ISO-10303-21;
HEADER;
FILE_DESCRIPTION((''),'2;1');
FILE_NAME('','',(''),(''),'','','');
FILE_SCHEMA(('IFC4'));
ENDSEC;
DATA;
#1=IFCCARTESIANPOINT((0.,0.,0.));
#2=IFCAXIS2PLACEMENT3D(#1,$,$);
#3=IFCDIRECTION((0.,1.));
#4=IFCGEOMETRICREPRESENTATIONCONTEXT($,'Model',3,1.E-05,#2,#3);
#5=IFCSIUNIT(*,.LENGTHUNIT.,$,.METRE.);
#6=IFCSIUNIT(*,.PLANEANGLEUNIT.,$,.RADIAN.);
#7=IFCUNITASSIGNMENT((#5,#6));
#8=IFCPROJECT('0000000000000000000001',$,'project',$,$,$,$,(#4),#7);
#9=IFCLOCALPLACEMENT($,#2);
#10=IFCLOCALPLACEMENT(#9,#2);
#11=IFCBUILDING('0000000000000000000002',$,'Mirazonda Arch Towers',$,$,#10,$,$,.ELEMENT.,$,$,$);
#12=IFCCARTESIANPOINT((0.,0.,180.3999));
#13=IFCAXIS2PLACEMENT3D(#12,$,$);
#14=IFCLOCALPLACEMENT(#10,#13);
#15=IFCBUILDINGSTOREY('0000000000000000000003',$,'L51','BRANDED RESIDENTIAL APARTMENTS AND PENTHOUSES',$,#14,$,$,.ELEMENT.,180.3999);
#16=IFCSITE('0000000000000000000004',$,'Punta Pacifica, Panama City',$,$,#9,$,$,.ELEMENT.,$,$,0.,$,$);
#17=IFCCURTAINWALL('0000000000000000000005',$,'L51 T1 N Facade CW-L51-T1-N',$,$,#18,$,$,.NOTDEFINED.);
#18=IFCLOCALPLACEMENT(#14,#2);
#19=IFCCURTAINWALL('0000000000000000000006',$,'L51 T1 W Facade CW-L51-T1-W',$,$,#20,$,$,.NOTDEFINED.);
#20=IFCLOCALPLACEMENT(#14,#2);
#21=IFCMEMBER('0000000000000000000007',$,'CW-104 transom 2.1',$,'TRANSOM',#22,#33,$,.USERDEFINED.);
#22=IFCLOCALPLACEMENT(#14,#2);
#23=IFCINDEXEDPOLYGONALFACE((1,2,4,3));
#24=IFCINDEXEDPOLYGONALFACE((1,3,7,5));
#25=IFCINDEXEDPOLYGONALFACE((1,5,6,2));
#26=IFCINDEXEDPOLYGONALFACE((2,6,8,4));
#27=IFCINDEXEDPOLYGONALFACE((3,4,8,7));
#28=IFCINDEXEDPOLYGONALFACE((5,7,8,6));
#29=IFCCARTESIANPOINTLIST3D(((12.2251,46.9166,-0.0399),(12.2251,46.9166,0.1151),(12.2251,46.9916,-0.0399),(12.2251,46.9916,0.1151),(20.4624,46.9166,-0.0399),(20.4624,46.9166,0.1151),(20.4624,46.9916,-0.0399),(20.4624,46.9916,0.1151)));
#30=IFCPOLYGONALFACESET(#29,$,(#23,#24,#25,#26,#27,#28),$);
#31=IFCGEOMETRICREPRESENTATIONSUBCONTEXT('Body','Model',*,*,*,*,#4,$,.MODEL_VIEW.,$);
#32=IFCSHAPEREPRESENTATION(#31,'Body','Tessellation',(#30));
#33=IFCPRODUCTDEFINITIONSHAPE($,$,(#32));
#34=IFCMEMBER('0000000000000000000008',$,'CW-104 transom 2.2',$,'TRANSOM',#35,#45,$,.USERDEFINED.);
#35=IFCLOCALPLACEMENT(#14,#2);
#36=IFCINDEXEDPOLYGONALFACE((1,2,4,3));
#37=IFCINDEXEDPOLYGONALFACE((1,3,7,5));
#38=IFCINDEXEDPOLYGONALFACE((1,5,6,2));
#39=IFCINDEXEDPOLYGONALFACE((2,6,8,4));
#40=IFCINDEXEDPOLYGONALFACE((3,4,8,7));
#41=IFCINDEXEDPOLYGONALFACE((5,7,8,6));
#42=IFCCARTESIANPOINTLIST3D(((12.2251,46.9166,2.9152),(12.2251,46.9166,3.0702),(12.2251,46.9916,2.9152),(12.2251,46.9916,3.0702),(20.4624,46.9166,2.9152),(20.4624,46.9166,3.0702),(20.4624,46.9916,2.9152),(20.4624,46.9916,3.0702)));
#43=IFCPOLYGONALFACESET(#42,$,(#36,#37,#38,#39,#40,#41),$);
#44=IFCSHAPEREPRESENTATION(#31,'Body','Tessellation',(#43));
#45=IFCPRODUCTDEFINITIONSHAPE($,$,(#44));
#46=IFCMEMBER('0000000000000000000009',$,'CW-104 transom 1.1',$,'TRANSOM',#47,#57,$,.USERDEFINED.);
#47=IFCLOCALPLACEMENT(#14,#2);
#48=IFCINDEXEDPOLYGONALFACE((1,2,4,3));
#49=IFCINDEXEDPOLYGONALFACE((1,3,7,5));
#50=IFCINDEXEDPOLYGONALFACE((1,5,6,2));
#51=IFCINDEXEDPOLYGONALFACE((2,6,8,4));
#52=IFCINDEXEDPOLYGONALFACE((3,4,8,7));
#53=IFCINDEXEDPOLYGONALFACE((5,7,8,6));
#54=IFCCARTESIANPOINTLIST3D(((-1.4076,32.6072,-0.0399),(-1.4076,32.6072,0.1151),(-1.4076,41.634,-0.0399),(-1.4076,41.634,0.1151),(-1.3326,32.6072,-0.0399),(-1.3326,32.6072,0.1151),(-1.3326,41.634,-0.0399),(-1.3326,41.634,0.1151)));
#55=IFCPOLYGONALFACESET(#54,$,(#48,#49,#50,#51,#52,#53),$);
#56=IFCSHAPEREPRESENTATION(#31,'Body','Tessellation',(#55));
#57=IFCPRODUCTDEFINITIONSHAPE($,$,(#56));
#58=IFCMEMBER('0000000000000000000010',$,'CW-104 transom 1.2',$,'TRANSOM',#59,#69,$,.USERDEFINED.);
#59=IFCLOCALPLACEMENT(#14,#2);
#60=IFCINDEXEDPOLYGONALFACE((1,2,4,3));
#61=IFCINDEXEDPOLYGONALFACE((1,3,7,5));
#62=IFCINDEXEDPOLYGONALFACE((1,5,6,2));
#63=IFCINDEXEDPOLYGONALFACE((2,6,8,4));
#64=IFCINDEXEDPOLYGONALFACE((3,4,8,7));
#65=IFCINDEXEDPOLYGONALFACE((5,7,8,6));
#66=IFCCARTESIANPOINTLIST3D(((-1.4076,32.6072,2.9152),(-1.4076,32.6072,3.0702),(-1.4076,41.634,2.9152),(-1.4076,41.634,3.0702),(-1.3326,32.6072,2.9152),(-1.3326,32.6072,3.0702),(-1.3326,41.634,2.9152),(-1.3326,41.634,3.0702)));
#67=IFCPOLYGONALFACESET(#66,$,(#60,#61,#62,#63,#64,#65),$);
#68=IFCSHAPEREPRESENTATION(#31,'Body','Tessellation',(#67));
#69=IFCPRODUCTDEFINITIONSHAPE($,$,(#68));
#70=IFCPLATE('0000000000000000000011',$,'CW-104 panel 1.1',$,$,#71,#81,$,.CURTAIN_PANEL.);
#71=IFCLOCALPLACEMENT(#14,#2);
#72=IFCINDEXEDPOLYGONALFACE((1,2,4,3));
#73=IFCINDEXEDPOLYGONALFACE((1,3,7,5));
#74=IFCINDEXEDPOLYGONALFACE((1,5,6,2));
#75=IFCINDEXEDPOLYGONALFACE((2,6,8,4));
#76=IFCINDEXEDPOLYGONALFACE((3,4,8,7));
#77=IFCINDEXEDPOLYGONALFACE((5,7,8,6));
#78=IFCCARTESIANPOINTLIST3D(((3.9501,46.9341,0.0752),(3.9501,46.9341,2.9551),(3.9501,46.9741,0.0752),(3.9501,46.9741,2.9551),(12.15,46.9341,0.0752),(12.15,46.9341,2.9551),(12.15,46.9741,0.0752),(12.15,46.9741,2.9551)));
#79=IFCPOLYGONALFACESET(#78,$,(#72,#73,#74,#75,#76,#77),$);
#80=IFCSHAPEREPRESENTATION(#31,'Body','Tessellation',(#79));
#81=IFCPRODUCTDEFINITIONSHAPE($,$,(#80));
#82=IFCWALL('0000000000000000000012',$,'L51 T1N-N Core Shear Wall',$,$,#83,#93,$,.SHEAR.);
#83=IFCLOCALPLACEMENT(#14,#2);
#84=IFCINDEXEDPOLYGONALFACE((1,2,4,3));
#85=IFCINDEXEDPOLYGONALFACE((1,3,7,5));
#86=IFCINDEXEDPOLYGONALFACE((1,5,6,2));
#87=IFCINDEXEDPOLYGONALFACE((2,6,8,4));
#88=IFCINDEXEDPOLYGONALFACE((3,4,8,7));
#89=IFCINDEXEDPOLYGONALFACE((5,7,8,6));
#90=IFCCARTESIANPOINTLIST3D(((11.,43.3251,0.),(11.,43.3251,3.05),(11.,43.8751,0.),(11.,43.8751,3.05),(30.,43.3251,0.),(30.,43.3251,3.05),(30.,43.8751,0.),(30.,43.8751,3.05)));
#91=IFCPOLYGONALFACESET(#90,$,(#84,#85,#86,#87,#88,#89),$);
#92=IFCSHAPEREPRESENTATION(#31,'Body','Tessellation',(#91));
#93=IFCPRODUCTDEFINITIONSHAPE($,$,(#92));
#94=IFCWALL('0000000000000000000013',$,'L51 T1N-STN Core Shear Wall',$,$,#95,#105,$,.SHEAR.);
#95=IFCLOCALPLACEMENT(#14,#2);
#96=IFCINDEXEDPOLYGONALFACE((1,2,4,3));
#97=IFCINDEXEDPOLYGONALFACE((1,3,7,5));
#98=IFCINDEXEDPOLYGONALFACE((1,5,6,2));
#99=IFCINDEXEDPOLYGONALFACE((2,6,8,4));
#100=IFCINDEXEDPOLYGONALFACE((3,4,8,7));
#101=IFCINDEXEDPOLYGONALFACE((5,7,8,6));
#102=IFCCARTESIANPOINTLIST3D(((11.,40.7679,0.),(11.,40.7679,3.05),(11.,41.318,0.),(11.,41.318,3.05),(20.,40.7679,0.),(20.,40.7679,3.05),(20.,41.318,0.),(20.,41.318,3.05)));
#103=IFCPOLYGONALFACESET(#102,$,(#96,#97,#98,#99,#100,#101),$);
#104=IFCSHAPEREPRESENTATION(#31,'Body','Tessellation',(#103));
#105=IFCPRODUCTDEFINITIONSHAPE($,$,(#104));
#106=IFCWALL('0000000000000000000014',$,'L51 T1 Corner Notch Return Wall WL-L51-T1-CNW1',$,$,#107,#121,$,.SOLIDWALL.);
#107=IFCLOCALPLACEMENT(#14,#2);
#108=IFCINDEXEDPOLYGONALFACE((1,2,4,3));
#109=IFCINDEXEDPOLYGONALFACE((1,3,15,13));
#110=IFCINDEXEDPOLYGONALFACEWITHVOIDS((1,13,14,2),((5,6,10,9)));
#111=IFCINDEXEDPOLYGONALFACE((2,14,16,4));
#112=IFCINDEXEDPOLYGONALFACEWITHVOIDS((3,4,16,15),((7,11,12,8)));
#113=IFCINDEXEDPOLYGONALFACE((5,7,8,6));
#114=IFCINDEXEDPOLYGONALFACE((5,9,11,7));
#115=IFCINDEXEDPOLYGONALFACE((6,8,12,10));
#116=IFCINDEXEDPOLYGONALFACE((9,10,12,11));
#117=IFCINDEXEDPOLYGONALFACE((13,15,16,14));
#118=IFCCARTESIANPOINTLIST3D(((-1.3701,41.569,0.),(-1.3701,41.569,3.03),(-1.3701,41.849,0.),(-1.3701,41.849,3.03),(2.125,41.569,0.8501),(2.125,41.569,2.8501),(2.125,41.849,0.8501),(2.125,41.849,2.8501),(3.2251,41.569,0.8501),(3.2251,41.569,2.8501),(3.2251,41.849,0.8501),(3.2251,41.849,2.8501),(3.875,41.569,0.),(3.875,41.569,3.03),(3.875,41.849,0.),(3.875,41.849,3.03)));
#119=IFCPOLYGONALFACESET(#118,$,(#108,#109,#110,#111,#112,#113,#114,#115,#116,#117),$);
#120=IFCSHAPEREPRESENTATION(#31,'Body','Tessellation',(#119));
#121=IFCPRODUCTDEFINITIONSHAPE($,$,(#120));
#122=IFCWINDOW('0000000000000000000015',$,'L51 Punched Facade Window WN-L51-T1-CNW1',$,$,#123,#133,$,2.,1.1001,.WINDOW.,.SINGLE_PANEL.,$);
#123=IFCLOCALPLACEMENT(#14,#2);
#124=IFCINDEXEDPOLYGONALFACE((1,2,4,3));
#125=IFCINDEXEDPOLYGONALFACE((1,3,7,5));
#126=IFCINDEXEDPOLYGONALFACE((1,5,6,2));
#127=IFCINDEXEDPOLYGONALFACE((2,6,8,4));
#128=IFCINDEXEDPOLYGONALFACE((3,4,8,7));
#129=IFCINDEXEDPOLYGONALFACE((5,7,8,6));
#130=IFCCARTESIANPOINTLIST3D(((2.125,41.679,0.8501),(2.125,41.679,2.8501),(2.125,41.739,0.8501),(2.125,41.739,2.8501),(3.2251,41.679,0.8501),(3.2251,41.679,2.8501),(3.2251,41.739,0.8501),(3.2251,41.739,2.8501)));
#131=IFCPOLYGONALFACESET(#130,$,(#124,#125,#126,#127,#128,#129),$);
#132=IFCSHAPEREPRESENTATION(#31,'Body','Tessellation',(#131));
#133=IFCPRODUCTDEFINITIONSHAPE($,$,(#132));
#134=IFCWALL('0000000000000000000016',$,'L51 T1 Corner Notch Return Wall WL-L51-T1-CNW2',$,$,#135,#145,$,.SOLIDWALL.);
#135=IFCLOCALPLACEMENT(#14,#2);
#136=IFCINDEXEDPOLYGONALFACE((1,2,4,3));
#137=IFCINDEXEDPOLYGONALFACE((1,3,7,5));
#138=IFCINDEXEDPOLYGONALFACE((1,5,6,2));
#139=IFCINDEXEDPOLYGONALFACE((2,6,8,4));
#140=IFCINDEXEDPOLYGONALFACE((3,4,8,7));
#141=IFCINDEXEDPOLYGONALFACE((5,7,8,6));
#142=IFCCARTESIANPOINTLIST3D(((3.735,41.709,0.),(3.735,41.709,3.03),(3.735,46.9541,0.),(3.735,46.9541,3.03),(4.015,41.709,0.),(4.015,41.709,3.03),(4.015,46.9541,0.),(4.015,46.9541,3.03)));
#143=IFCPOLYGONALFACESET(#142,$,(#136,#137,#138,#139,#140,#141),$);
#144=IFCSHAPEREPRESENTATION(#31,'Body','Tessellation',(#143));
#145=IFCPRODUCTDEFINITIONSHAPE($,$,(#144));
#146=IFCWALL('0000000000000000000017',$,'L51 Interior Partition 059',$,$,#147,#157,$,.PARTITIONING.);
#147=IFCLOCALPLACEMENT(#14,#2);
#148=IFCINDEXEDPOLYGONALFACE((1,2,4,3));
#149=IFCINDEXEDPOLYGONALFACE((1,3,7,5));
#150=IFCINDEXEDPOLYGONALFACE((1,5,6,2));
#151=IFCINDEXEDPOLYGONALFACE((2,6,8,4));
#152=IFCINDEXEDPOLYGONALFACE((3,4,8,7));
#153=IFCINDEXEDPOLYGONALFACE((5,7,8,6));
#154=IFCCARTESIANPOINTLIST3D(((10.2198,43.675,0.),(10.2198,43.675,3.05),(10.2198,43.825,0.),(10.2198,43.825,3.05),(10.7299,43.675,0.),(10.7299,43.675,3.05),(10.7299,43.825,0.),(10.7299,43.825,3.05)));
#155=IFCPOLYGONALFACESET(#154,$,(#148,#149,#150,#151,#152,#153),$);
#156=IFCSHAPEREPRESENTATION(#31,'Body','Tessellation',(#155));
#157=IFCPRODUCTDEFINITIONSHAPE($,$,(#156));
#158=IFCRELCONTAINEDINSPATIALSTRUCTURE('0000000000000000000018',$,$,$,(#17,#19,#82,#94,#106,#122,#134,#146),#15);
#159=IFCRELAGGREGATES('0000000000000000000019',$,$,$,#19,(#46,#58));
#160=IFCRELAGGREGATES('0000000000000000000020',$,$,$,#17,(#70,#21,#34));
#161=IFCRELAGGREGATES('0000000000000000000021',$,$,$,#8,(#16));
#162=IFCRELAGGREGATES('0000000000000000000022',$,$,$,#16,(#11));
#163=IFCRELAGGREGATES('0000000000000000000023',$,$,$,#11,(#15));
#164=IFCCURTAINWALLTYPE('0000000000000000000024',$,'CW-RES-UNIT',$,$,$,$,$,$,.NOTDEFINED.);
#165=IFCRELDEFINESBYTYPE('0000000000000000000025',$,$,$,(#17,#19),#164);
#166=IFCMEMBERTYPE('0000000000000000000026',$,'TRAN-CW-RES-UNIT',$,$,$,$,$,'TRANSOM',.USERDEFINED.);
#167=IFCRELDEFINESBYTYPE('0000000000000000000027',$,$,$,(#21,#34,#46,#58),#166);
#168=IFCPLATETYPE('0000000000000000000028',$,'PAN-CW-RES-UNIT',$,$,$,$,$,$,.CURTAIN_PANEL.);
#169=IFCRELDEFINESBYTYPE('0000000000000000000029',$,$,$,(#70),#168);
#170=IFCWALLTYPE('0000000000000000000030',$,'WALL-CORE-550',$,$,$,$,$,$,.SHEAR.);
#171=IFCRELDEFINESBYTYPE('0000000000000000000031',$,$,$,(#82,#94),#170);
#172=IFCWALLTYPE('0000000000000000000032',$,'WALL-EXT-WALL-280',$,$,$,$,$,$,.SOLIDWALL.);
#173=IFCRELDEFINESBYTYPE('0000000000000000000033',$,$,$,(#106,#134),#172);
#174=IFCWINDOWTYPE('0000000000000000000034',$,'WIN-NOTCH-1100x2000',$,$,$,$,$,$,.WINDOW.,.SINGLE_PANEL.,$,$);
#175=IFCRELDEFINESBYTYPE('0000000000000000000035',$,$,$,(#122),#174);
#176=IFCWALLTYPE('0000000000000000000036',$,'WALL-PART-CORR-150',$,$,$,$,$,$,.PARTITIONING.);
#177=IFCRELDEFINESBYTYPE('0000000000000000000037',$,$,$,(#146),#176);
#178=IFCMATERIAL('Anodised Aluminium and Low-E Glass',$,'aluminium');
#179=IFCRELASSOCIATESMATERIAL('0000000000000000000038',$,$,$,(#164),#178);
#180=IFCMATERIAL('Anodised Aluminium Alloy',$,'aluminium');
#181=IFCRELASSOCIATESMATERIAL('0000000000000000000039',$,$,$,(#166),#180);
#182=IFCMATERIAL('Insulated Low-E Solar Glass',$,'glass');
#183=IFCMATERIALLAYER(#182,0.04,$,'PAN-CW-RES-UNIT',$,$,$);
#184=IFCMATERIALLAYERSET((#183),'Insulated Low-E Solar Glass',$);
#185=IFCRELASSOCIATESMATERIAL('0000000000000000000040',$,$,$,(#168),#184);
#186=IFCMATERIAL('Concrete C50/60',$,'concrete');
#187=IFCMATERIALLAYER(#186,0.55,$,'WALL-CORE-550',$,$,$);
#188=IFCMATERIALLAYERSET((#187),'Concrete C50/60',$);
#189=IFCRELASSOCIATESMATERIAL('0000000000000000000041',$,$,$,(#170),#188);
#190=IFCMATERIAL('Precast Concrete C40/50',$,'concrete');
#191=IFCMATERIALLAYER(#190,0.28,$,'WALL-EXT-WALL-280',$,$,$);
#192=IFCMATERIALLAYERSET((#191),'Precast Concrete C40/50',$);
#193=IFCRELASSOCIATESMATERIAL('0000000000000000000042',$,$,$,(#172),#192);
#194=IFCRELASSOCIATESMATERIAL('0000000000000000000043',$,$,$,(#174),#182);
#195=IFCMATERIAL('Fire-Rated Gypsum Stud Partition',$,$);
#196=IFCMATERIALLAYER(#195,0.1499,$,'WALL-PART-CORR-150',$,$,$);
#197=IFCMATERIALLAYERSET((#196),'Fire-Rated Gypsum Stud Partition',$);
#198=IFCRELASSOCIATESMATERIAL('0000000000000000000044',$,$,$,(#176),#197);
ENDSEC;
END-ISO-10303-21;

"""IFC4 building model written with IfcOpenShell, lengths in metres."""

from ifc_helpers import new_model, si_unit, direction, frame, frame_2d, origin, origin_2d, place, context, subcontext, project, spatial, rectangle, extrude, material, layer, layer_set, material_profile, profile_set, type_object, element, fill, aggregate, save


model = new_model("IFC4")

# Units and contexts
model_context = context("Model", 3, precision=1e-05, world=origin(), true_north=direction((0.0, 1.0)))
body_context = subcontext(model_context, "Body", "Model", "MODEL_VIEW")
ifc_project = project(units=[si_unit("LENGTHUNIT", "METRE"), si_unit("PLANEANGLEUNIT", "RADIAN")], contexts=[model_context])

# Site, building, storey
site_placement = place(None, origin())
site = spatial("IfcSite", under=ifc_project, at=site_placement, Name="Punta Pacifica, Panama City", CompositionType="ELEMENT", RefElevation=0.0)
building_placement = place(site_placement, origin())
building = spatial("IfcBuilding", under=site, at=building_placement, Name="Mirazonda Arch Towers", CompositionType="ELEMENT")
storey_placement = place(building_placement, frame((0.0, 0.0, 180.3999)))
storey = spatial("IfcBuildingStorey", under=building, at=storey_placement, Name="L51", Description="BRANDED RESIDENTIAL APARTMENTS AND PENTHOUSES", CompositionType="ELEMENT", Elevation=180.3999)

# Shared definitions
ifc_material_1 = material(Name="Concrete C50/60", Category="concrete")

# Curtain wall
ifc_material_2 = material(Name="Anodised Aluminium and Low-E Glass", Category="aluminium")
curtain_wall_type = type_object("IfcCurtainWallType", Name="CW-RES-UNIT", PredefinedType="NOTDEFINED", material=ifc_material_2)
curtain_wall_1_placement = place(storey_placement, origin())
curtain_wall_1 = element("IfcCurtainWall", 1, at=curtain_wall_1_placement, inside=storey, type_object=curtain_wall_type, Name="L51 T1 N Facade CW-L51-T1-N", PredefinedType="NOTDEFINED")
ifc_material_3 = material(Name="Anodised Aluminium Alloy", Category="aluminium")

# Curtain wall
curtain_wall_2_placement = place(storey_placement, origin())
curtain_wall_2 = element("IfcCurtainWall", 2, at=curtain_wall_2_placement, inside=storey, type_object=curtain_wall_type, Name="L51 T1 W Facade CW-L51-T1-W", PredefinedType="NOTDEFINED")

# Members
ifc_material_profile_1 = material_profile(ifc_material_3, rectangle(XDim=0.075, YDim=0.155, at=origin_2d()), Name="ALU-TRAN-75x155")
ifc_profile_set_1 = profile_set([ifc_material_profile_1], Name="Anodised Aluminium Alloy")
member_type_1 = type_object("IfcMemberType", Name="TRAN-CW-RES-UNIT", ElementType="TRANSOM", PredefinedType="USERDEFINED", material=ifc_profile_set_1)
member_1_placement = place(storey_placement, frame((12.2251, 46.9541, 0.0376), z_axis=(1.0, 0.0, 0.0), x_axis=(0.0, 1.0, 0.0)))
member_1 = element("IfcMember", 3, at=member_1_placement, type_object=member_type_1, Name="CW-104 transom 2.1", ObjectType="TRANSOM", PredefinedType="USERDEFINED", context=body_context, shape_type="SweptSolid", body=[
    extrude(rectangle(XDim=0.075, YDim=0.155, at=origin_2d()), origin(), (0.0, 0.0, 1.0), 8.2373),
])
member_2_placement = place(storey_placement, frame((12.2251, 46.9541, 2.9927), z_axis=(1.0, 0.0, 0.0), x_axis=(0.0, 1.0, 0.0)))
member_2 = element("IfcMember", 4, at=member_2_placement, type_object=member_type_1, Name="CW-104 transom 2.2", ObjectType="TRANSOM", PredefinedType="USERDEFINED", context=body_context, shape_type="SweptSolid", body=[
    extrude(rectangle(XDim=0.075, YDim=0.155, at=origin_2d()), origin(), (0.0, 0.0, 1.0), 8.2373),
])
member_3_placement = place(storey_placement, frame((-1.3701, 41.634, 0.0376), z_axis=(0.0, -1.0, 0.0), x_axis=(1.0, 0.0, 0.0)))
member_3 = element("IfcMember", 5, at=member_3_placement, type_object=member_type_1, Name="CW-104 transom 1.1", ObjectType="TRANSOM", PredefinedType="USERDEFINED", context=body_context, shape_type="SweptSolid", body=[
    extrude(rectangle(XDim=0.075, YDim=0.155, at=origin_2d()), origin(), (0.0, 0.0, 1.0), 9.0269),
])
member_4_placement = place(storey_placement, frame((-1.3701, 41.634, 2.9927), z_axis=(0.0, -1.0, 0.0), x_axis=(1.0, 0.0, 0.0)))
member_4 = element("IfcMember", 6, at=member_4_placement, type_object=member_type_1, Name="CW-104 transom 1.2", ObjectType="TRANSOM", PredefinedType="USERDEFINED", context=body_context, shape_type="SweptSolid", body=[
    extrude(rectangle(XDim=0.075, YDim=0.155, at=origin_2d()), origin(), (0.0, 0.0, 1.0), 9.0269),
])
aggregate(curtain_wall_2, [member_3, member_4])

# Plate
ifc_material_4 = material(Name="Insulated Low-E Solar Glass", Category="glass")
ifc_layer_1 = layer(ifc_material_4, 0.04, Name="PAN-CW-RES-UNIT")
ifc_layer_set_1 = layer_set([ifc_layer_1], Name="Insulated Low-E Solar Glass")
plate_type = type_object("IfcPlateType", Name="PAN-CW-RES-UNIT", PredefinedType="CURTAIN_PANEL", material=ifc_layer_set_1)
plate_placement = place(storey_placement, frame((8.05, 46.9541, 0.0752), z_axis=(0.0, 0.0, 1.0), x_axis=(1.0, 0.0, 0.0)))
plate = element("IfcPlate", 7, at=plate_placement, type_object=plate_type, Name="CW-104 panel 1.1", PredefinedType="CURTAIN_PANEL", context=body_context, shape_type="SweptSolid", body=[
    extrude(rectangle(XDim=8.2, YDim=0.04, at=origin_2d()), origin(), (0.0, 0.0, 1.0), 2.8799),
])
aggregate(curtain_wall_1, [plate, member_1, member_2])

# Walls
ifc_layer_2 = layer(ifc_material_1, 0.55, Name="WALL-CORE-550")
ifc_layer_set_2 = layer_set([ifc_layer_2], Name="Concrete C50/60")
wall_type_1 = type_object("IfcWallType", Name="WALL-CORE-550", PredefinedType="SHEAR", material=ifc_layer_set_2)
wall_1_placement = place(storey_placement, frame((11.0, 43.6001, 0.0), z_axis=(0.0, 0.0, 1.0), x_axis=(1.0, 0.0, 0.0)))
element("IfcWall", 8, at=wall_1_placement, inside=storey, type_object=wall_type_1, Name="L51 T1N-N Core Shear Wall", PredefinedType="SHEAR", context=body_context, shape_type="SweptSolid", body=[
    extrude(rectangle(XDim=19.0, YDim=0.55, at=frame_2d((9.5, 0.0))), origin(), (0.0, 0.0, 1.0), 3.05),
])
wall_2_placement = place(storey_placement, frame((11.0, 41.043, 0.0), z_axis=(0.0, 0.0, 1.0), x_axis=(1.0, 0.0, 0.0)))
element("IfcWall", 9, at=wall_2_placement, inside=storey, type_object=wall_type_1, Name="L51 T1N-STN Core Shear Wall", PredefinedType="SHEAR", context=body_context, shape_type="SweptSolid", body=[
    extrude(rectangle(XDim=9.0, YDim=0.55, at=frame_2d((4.5, 0.0))), origin(), (0.0, 0.0, 1.0), 3.05),
])

# Wall, opening, window
ifc_material_5 = material(Name="Precast Concrete C40/50", Category="concrete")
ifc_layer_3 = layer(ifc_material_5, 0.28, Name="WALL-EXT-WALL-280")
ifc_layer_set_3 = layer_set([ifc_layer_3], Name="Precast Concrete C40/50")
wall_type_2 = type_object("IfcWallType", Name="WALL-EXT-WALL-280", PredefinedType="SOLIDWALL", material=ifc_layer_set_3)
wall_3_placement = place(storey_placement, frame((3.875, 41.709, 0.0), z_axis=(0.0, 0.0, 1.0), x_axis=(-1.0, 0.0, 0.0)))
wall_3 = element("IfcWall", 10, at=wall_3_placement, inside=storey, type_object=wall_type_2, Name="L51 T1 Corner Notch Return Wall WL-L51-T1-CNW1", PredefinedType="SOLIDWALL", context=body_context, shape_type="SweptSolid", body=[
    extrude(rectangle(XDim=5.2451, YDim=0.28, at=frame_2d((2.6226, 0.0))), origin(), (0.0, 0.0, 1.0), 3.03),
])
opening_1_placement = place(wall_3_placement, frame((0.6499, 0.0, 0.8501)))
opening_1 = element("IfcOpeningElement", 11, at=opening_1_placement, cuts=wall_3, PredefinedType="OPENING", context=body_context, shape_type="SweptSolid", body=[
    extrude(rectangle(XDim=1.1001, YDim=2.0, at=frame_2d((0.55, 1.0))), frame((0.0, 0.1499, 0.0), z_axis=(0.0, -1.0, 0.0), x_axis=(1.0, 0.0, 0.0)), (0.0, 0.0, 1.0), 0.3),
])
window_type = type_object("IfcWindowType", Name="WIN-NOTCH-1100x2000", PartitioningType="SINGLE_PANEL", PredefinedType="WINDOW", material=ifc_material_4)
window_placement = place(opening_1_placement, origin())
window = element("IfcWindow", 12, at=window_placement, inside=storey, type_object=window_type, Name="L51 Punched Facade Window WN-L51-T1-CNW1", OverallHeight=2.0, OverallWidth=1.1001, PartitioningType="SINGLE_PANEL", PredefinedType="WINDOW", context=body_context, shape_type="SweptSolid", body=[
    extrude(rectangle(XDim=1.1001, YDim=2.0, at=frame_2d((0.55, 1.0))), frame((0.0, 0.03, 0.0), z_axis=(0.0, -1.0, 0.0), x_axis=(1.0, 0.0, 0.0)), (0.0, 0.0, 1.0), 0.0601),
])
fill(opening_1, window)

# Walls
wall_4_placement = place(storey_placement, frame((3.875, 46.9541, 0.0), z_axis=(0.0, 0.0, 1.0), x_axis=(0.0, -1.0, 0.0)))
element("IfcWall", 13, at=wall_4_placement, inside=storey, type_object=wall_type_2, Name="L51 T1 Corner Notch Return Wall WL-L51-T1-CNW2", PredefinedType="SOLIDWALL", context=body_context, shape_type="SweptSolid", body=[
    extrude(rectangle(XDim=5.2451, YDim=0.28, at=frame_2d((2.6226, 0.0))), origin(), (0.0, 0.0, 1.0), 3.03),
])
ifc_material_6 = material(Name="Fire-Rated Gypsum Stud Partition")
ifc_layer_4 = layer(ifc_material_6, 0.1499, Name="WALL-PART-CORR-150")
ifc_layer_set_4 = layer_set([ifc_layer_4], Name="Fire-Rated Gypsum Stud Partition")
wall_type_3 = type_object("IfcWallType", Name="WALL-PART-CORR-150", PredefinedType="PARTITIONING", material=ifc_layer_set_4)
wall_5_placement = place(storey_placement, frame((10.22, 43.75, 0.0), z_axis=(0.0, 0.0, 1.0), x_axis=(1.0, 0.0, 0.0)))
element("IfcWall", 14, at=wall_5_placement, inside=storey, type_object=wall_type_3, Name="L51 Interior Partition 059", PredefinedType="PARTITIONING", context=body_context, shape_type="SweptSolid", body=[
    extrude(rectangle(XDim=0.51, YDim=0.1499, at=frame_2d((0.2549, 0.0))), origin(), (0.0, 0.0, 1.0), 3.05),
])

save(model, "model.ifc")
